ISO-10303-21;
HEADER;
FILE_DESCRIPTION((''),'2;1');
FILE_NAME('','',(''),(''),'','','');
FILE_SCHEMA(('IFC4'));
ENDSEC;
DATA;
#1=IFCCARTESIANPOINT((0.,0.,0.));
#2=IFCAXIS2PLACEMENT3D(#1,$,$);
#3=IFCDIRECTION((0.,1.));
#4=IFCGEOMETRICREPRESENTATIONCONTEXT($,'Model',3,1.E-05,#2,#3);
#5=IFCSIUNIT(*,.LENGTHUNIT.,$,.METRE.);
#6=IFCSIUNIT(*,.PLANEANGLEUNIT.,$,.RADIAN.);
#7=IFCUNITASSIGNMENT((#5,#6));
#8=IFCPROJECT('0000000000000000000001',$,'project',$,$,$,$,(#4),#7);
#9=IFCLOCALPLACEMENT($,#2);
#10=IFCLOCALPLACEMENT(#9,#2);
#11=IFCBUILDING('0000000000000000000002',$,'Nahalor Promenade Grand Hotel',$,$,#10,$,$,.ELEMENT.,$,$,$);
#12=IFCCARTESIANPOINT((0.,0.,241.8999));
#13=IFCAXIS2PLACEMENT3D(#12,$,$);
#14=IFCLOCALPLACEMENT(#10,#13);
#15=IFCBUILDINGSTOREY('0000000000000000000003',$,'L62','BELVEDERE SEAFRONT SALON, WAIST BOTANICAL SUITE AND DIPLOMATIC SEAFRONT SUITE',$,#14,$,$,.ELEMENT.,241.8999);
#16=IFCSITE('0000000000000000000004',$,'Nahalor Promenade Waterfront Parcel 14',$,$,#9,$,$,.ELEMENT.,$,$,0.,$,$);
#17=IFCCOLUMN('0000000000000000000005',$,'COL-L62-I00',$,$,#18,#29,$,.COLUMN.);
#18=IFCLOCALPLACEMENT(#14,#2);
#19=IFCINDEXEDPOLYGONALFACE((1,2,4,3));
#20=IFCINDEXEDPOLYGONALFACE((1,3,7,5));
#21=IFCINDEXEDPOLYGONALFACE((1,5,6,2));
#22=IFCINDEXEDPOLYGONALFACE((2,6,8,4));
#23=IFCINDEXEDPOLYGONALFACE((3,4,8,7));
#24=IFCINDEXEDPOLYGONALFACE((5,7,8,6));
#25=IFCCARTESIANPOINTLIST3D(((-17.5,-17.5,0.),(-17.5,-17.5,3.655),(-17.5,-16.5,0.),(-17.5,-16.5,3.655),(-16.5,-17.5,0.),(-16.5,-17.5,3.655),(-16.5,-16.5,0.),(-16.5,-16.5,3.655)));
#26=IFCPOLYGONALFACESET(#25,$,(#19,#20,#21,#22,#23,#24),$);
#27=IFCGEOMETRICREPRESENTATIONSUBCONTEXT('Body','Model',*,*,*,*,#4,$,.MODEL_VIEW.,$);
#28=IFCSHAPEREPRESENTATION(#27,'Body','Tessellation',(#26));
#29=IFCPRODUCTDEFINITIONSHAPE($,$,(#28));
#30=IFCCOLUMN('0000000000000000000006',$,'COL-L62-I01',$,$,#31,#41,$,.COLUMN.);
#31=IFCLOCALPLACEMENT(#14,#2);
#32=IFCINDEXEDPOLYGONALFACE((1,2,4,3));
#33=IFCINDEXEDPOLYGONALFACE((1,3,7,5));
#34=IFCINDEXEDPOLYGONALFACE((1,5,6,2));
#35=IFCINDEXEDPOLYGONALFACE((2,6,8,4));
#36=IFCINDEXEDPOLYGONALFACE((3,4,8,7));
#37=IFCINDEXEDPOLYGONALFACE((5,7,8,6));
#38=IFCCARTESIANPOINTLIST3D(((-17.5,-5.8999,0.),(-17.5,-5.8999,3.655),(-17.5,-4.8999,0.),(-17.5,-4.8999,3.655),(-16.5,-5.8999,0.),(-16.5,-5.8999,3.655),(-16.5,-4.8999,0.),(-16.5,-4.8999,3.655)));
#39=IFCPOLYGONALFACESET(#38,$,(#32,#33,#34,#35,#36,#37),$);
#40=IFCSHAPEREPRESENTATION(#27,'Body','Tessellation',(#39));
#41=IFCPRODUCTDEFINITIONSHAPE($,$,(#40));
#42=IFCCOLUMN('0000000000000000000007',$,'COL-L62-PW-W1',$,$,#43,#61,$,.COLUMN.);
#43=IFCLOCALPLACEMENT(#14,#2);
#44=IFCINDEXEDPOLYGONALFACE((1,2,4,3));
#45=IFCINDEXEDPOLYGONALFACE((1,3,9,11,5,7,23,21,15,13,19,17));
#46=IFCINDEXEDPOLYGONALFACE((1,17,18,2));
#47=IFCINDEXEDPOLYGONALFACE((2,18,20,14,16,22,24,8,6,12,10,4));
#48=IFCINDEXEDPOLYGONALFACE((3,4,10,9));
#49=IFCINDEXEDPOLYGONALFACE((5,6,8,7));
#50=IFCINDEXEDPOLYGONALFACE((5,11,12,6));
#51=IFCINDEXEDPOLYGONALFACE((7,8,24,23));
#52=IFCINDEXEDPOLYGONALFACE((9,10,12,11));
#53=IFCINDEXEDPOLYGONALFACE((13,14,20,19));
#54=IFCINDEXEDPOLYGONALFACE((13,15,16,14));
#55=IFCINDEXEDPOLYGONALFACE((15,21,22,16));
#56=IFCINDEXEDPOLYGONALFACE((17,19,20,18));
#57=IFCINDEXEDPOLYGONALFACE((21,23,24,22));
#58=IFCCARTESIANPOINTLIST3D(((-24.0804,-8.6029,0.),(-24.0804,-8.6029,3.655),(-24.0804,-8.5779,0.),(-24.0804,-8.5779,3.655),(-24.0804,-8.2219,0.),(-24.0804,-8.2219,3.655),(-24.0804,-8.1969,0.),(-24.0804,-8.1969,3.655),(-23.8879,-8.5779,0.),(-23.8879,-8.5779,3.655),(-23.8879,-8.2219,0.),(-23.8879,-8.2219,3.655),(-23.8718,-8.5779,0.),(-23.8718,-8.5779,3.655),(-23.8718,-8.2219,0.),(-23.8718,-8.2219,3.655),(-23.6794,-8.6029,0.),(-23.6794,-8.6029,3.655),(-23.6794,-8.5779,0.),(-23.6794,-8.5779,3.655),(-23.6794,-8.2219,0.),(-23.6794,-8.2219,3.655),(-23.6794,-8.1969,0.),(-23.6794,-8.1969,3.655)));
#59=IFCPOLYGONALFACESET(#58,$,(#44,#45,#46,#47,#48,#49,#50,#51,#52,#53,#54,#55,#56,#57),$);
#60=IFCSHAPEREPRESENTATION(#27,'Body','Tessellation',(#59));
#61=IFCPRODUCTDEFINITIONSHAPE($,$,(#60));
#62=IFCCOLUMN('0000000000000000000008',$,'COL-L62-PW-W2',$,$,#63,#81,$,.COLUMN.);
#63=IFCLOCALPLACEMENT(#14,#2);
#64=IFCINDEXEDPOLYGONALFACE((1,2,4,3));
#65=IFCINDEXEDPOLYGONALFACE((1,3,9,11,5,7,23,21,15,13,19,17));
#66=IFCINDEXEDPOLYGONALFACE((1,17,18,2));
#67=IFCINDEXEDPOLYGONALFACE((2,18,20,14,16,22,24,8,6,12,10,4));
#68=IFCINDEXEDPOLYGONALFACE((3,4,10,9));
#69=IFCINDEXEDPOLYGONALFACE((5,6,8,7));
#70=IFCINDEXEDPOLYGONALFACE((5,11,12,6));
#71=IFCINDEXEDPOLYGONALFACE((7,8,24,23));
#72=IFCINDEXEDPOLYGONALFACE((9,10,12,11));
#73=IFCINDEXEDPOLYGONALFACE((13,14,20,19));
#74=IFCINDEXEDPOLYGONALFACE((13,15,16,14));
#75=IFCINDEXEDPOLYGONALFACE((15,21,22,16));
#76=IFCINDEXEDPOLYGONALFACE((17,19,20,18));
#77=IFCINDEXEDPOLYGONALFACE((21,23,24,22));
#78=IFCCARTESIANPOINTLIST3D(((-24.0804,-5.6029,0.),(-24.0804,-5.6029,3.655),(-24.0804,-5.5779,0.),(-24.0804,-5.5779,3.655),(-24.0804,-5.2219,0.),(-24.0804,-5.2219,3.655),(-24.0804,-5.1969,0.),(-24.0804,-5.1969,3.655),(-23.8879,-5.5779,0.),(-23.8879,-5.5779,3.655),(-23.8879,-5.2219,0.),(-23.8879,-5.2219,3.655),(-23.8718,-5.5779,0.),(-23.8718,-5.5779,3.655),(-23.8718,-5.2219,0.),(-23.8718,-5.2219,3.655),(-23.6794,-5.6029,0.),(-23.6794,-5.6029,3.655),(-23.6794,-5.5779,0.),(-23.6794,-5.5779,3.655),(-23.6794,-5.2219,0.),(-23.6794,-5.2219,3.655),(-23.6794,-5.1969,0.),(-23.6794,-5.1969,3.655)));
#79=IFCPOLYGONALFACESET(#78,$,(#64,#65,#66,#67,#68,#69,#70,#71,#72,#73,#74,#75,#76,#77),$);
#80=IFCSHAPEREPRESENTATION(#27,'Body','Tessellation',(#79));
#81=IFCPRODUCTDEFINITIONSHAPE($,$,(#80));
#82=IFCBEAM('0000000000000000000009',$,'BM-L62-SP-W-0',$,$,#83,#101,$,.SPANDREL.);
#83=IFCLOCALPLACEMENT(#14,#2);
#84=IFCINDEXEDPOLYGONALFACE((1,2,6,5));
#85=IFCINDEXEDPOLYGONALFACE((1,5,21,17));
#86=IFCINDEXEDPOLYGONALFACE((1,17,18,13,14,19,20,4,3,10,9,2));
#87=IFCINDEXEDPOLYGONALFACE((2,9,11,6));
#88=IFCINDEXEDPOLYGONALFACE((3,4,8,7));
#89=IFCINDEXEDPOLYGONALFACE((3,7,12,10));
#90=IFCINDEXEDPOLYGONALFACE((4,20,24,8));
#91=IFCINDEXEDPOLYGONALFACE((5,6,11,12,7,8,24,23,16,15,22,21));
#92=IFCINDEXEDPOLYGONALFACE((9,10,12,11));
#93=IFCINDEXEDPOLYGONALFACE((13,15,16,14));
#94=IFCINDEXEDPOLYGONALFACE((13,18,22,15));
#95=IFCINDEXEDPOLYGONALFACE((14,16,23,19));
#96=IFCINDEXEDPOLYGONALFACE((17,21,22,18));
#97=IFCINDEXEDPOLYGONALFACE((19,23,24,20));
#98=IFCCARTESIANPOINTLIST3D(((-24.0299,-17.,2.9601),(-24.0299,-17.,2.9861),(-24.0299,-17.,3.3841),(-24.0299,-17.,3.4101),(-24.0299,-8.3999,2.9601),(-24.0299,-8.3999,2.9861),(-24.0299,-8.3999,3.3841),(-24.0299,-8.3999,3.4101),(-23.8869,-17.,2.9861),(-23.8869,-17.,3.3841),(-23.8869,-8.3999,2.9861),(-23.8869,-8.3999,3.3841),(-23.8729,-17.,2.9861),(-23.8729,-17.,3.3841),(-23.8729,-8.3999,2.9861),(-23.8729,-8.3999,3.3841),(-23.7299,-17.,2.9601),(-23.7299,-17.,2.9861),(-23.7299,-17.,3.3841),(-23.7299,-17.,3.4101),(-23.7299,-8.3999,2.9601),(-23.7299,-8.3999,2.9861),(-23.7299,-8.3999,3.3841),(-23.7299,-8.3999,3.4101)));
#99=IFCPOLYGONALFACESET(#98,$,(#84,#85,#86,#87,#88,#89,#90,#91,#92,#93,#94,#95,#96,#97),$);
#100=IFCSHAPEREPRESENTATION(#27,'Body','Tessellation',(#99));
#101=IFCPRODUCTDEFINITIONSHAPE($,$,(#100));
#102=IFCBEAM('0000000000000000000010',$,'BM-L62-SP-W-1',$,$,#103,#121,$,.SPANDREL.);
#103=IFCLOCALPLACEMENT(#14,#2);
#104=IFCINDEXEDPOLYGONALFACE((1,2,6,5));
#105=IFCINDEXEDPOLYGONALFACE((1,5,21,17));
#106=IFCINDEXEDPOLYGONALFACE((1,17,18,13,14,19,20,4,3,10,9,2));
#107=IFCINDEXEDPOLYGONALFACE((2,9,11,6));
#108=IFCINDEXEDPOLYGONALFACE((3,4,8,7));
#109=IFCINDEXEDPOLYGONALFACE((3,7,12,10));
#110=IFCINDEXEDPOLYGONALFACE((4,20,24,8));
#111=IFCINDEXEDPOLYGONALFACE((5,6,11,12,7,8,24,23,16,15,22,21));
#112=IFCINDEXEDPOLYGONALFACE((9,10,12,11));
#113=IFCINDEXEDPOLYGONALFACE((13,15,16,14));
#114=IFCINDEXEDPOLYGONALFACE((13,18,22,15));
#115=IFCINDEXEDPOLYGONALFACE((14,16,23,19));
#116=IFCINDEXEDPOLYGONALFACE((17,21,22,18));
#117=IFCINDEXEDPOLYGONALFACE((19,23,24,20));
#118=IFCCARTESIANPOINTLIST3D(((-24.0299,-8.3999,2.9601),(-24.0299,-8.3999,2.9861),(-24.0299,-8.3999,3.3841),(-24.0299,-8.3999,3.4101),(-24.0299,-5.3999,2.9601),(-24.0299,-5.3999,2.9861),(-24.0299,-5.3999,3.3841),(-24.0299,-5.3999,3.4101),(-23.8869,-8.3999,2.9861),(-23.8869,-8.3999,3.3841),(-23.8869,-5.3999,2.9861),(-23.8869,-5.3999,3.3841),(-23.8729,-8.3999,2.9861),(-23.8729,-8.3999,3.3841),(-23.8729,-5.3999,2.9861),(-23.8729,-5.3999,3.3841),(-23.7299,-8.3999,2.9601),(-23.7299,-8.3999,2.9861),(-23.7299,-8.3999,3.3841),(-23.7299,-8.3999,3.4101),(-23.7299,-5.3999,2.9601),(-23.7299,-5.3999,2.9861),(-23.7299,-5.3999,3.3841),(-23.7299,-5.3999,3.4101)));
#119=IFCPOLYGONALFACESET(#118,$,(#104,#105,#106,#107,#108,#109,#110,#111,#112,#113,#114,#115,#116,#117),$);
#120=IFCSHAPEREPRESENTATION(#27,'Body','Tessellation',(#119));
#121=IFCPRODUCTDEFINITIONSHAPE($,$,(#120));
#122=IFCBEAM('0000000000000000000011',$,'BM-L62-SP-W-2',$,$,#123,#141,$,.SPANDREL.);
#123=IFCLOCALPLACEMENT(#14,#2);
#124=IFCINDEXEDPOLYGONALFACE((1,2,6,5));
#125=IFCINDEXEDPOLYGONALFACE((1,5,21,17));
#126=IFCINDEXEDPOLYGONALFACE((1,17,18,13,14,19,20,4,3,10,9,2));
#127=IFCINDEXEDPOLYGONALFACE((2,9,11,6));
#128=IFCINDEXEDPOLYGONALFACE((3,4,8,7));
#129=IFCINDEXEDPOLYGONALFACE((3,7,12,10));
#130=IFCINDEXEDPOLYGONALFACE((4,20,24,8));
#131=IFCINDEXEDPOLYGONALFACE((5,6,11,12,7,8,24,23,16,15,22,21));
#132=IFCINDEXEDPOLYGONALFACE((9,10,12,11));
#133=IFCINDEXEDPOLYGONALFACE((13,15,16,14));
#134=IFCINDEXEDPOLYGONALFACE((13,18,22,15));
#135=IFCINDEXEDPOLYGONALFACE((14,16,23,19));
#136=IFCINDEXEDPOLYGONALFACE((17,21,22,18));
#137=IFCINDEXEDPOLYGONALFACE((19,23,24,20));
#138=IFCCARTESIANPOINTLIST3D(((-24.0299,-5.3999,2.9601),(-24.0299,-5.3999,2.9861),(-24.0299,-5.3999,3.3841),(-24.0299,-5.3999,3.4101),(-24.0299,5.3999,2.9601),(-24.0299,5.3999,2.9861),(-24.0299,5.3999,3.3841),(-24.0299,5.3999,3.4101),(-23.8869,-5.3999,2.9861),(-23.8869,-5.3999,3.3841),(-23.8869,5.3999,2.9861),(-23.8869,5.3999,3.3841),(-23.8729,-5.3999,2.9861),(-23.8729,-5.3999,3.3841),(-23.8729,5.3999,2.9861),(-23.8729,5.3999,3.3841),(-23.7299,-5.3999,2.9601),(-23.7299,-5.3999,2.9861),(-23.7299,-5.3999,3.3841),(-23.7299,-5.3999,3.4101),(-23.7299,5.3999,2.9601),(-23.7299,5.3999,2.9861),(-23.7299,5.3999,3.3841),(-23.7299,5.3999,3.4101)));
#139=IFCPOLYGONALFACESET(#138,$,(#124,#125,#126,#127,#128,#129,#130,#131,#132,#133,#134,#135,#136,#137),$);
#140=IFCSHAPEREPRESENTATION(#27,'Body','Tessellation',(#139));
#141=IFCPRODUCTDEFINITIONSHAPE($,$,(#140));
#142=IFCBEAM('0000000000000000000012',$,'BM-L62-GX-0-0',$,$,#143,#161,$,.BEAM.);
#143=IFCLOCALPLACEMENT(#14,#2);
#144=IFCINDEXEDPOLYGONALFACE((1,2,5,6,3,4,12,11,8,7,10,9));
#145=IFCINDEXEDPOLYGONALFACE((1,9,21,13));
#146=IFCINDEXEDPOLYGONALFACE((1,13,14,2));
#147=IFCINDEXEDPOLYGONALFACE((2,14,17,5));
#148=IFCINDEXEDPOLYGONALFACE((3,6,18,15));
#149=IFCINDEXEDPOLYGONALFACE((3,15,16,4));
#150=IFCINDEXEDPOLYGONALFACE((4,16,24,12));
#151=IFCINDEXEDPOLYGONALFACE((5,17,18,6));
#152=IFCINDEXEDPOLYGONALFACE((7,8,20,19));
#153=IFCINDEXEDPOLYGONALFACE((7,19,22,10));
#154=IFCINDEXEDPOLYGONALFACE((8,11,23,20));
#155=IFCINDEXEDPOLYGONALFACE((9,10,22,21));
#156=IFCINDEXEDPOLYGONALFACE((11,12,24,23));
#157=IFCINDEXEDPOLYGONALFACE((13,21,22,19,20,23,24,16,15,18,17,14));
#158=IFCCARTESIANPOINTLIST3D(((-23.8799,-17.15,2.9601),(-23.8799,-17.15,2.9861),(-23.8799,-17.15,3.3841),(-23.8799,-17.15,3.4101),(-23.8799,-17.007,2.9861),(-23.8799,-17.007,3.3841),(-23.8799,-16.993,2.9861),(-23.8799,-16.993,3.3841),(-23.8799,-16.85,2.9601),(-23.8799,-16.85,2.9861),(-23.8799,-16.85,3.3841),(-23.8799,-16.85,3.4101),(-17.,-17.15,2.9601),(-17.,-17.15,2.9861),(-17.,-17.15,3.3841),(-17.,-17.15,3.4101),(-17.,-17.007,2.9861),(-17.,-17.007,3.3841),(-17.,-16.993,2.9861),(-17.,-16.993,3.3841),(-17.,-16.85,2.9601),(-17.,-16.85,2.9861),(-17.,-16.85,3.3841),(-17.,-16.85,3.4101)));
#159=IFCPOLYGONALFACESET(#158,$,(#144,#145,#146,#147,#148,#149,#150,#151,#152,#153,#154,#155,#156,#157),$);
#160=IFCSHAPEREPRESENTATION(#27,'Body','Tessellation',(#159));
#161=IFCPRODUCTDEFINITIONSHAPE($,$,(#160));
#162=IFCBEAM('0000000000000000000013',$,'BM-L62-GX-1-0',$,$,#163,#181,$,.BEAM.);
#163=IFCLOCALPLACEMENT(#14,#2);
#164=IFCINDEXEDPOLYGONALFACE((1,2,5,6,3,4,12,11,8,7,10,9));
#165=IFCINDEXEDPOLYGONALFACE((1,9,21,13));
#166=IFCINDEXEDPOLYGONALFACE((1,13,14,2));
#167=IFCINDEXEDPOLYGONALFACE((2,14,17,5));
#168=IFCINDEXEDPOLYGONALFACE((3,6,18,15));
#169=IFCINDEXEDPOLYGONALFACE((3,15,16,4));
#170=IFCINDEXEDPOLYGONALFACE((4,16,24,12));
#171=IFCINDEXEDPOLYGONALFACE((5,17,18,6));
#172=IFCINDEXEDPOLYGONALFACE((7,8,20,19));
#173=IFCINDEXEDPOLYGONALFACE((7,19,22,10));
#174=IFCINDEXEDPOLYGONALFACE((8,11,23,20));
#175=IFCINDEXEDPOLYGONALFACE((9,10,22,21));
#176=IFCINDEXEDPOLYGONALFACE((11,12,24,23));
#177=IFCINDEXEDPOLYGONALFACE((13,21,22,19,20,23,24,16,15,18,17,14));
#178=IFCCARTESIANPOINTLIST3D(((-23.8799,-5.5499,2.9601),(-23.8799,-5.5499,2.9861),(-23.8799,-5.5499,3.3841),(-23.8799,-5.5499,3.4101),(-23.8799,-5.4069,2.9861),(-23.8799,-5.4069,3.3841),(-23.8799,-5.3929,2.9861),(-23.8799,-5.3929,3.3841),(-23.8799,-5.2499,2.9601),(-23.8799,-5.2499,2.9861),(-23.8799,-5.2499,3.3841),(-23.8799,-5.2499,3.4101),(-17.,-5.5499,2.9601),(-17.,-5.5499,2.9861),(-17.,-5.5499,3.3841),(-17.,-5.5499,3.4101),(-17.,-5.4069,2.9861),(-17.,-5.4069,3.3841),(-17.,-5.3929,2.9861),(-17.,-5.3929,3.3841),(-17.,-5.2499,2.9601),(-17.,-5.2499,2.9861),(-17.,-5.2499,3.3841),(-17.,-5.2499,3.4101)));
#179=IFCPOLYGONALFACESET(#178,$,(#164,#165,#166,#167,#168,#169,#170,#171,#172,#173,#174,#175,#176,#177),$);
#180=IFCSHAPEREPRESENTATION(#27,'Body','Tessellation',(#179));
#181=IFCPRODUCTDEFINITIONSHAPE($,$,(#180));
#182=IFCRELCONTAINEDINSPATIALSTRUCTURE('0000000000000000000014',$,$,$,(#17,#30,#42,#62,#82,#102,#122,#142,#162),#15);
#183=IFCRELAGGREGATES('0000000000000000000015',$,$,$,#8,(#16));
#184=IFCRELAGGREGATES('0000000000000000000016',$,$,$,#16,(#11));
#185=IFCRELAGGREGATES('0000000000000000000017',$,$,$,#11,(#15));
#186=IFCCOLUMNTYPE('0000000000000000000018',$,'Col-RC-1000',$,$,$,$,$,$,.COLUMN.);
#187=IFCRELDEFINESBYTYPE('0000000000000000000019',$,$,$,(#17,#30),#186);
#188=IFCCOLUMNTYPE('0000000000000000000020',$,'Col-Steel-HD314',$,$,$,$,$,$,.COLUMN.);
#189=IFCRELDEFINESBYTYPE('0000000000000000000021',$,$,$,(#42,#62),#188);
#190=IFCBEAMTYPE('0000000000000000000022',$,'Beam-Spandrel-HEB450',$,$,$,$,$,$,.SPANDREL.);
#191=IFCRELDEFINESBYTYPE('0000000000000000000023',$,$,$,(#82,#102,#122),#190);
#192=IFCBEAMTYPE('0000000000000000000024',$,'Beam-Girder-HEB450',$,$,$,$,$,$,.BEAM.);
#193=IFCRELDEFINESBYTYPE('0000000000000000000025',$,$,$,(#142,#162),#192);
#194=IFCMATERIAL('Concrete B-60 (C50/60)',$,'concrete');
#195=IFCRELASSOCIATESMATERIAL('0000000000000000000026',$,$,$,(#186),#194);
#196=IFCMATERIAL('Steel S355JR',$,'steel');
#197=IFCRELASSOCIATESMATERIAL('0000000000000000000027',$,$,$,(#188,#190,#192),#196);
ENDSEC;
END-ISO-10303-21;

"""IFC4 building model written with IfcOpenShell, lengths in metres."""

from ifc_helpers import new_model, si_unit, direction, frame, origin, origin_2d, place, context, subcontext, project, spatial, rectangle, i_section, extrude, source, transform, mapped, material, material_profile, profile_set, type_object, element, save


model = new_model("IFC4")

# Units and contexts
model_context = context("Model", 3, precision=1e-05, world=origin(), true_north=direction((0.0, 1.0)))
body_context = subcontext(model_context, "Body", "Model", "MODEL_VIEW")
ifc_project = project(units=[si_unit("LENGTHUNIT", "METRE"), si_unit("PLANEANGLEUNIT", "RADIAN")], contexts=[model_context])

# Site, building, storey
site_placement = place(None, origin())
site = spatial("IfcSite", under=ifc_project, at=site_placement, Name="Nahalor Promenade Waterfront Parcel 14", CompositionType="ELEMENT", RefElevation=0.0)
building_placement = place(site_placement, origin())
building = spatial("IfcBuilding", under=site, at=building_placement, Name="Nahalor Promenade Grand Hotel", CompositionType="ELEMENT")
storey_placement = place(building_placement, frame((0.0, 0.0, 241.8999)))
storey = spatial("IfcBuildingStorey", under=building, at=storey_placement, Name="L62", Description="BELVEDERE SEAFRONT SALON, WAIST BOTANICAL SUITE AND DIPLOMATIC SEAFRONT SUITE", CompositionType="ELEMENT", Elevation=241.8999)

# Columns
ifc_material_1 = material(Name="Concrete B-60 (C50/60)", Category="concrete")
ifc_material_profile_1 = material_profile(ifc_material_1, rectangle(XDim=1.0, YDim=1.0, at=origin_2d()), Name="RC 1000x1000")
ifc_profile_set_1 = profile_set([ifc_material_profile_1], Name="Concrete B-60 (C50/60)")
column_type_1 = type_object("IfcColumnType", Name="Col-RC-1000", PredefinedType="COLUMN", material=ifc_profile_set_1)
shared_shape_1 = source(origin(), body_context, "Body", "SweptSolid", [
    extrude(rectangle(XDim=1.0, YDim=1.0, at=origin_2d()), origin(), (0.0, 0.0, 1.0), 3.655),
])
for number, where, z_axis, x_axis, name in (
    (1, (-17.0, -17.0, 0.0), (0.0, 0.0, 1.0), (1.0, 0.0, 0.0), "COL-L62-I00"),
    (2, (-17.0, -5.3999, 0.0), (0.0, 0.0, 1.0), (1.0, 0.0, 0.0), "COL-L62-I01"),
):
    element("IfcColumn", number, at=place(storey_placement, frame(where, z_axis=z_axis, x_axis=x_axis)), inside=storey, type_object=column_type_1, Name=name, PredefinedType="COLUMN", context=body_context, shape_type="MappedRepresentation", body=[
        mapped(shared_shape_1, transform((0.0, 0.0, 0.0), scale=1.0)),
    ])
ifc_material_2 = material(Name="Steel S355JR", Category="steel")
ifc_material_profile_2 = material_profile(ifc_material_2, i_section(OverallWidth=0.401, OverallDepth=0.406, WebThickness=0.0161, FlangeThickness=0.025, at=origin_2d()), Name="HD 400x314")
ifc_profile_set_2 = profile_set([ifc_material_profile_2], Name="Steel S355JR")
column_type_2 = type_object("IfcColumnType", Name="Col-Steel-HD314", PredefinedType="COLUMN", material=ifc_profile_set_2)
shared_shape_2 = source(origin(), body_context, "Body", "SweptSolid", [
    extrude(i_section(OverallWidth=0.401, OverallDepth=0.406, WebThickness=0.0161, FlangeThickness=0.025, at=origin_2d()), origin(), (0.0, 0.0, 1.0), 3.655),
])
for number, where, z_axis, x_axis, name in (
    (3, (-23.8799, -8.3999, 0.0), (0.0, 0.0, 1.0), (1.0, 0.0, 0.0), "COL-L62-PW-W1"),
    (4, (-23.8799, -5.3999, 0.0), (0.0, 0.0, 1.0), (1.0, 0.0, 0.0), "COL-L62-PW-W2"),
):
    element("IfcColumn", number, at=place(storey_placement, frame(where, z_axis=z_axis, x_axis=x_axis)), inside=storey, type_object=column_type_2, Name=name, PredefinedType="COLUMN", context=body_context, shape_type="MappedRepresentation", body=[
        mapped(shared_shape_2, transform((0.0, 0.0, 0.0), scale=1.0)),
    ])

# Beams
ifc_material_profile_3 = material_profile(ifc_material_2, i_section(OverallWidth=0.3, OverallDepth=0.45, WebThickness=0.014, FlangeThickness=0.026, at=origin_2d()), Name="HEB 450")
ifc_profile_set_3 = profile_set([ifc_material_profile_3], Name="Steel S355JR")
beam_type_1 = type_object("IfcBeamType", Name="Beam-Spandrel-HEB450", PredefinedType="SPANDREL", material=ifc_profile_set_3)
shared_shape_3 = source(origin(), body_context, "Body", "SweptSolid", [
    extrude(i_section(OverallWidth=0.3, OverallDepth=0.45, WebThickness=0.014, FlangeThickness=0.026, at=origin_2d()), origin(), (0.0, 0.0, 1.0), 8.6001),
])
beam_1_placement = place(storey_placement, frame((-23.8799, -17.0, 3.1851), z_axis=(0.0, 1.0, 0.0), x_axis=(-1.0, 0.0, 0.0)))
element("IfcBeam", 5, at=beam_1_placement, inside=storey, type_object=beam_type_1, Name="BM-L62-SP-W-0", PredefinedType="SPANDREL", context=body_context, shape_type="MappedRepresentation", body=[
    mapped(shared_shape_3, transform((0.0, 0.0, 0.0), scale=1.0)),
])
shared_shape_4 = source(origin(), body_context, "Body", "SweptSolid", [
    extrude(i_section(OverallWidth=0.3, OverallDepth=0.45, WebThickness=0.014, FlangeThickness=0.026, at=origin_2d()), origin(), (0.0, 0.0, 1.0), 3.0),
])
beam_2_placement = place(storey_placement, frame((-23.8799, -8.3999, 3.1851), z_axis=(0.0, 1.0, 0.0), x_axis=(-1.0, 0.0, 0.0)))
element("IfcBeam", 6, at=beam_2_placement, inside=storey, type_object=beam_type_1, Name="BM-L62-SP-W-1", PredefinedType="SPANDREL", context=body_context, shape_type="MappedRepresentation", body=[
    mapped(shared_shape_4, transform((0.0, 0.0, 0.0), scale=1.0)),
])
shared_shape_5 = source(origin(), body_context, "Body", "SweptSolid", [
    extrude(i_section(OverallWidth=0.3, OverallDepth=0.45, WebThickness=0.014, FlangeThickness=0.026, at=origin_2d()), origin(), (0.0, 0.0, 1.0), 10.7998),
])
beam_3_placement = place(storey_placement, frame((-23.8799, -5.3999, 3.1851), z_axis=(0.0, 1.0, 0.0), x_axis=(-1.0, 0.0, 0.0)))
element("IfcBeam", 7, at=beam_3_placement, inside=storey, type_object=beam_type_1, Name="BM-L62-SP-W-2", PredefinedType="SPANDREL", context=body_context, shape_type="MappedRepresentation", body=[
    mapped(shared_shape_5, transform((0.0, 0.0, 0.0), scale=1.0)),
])
ifc_material_profile_4 = material_profile(ifc_material_2, i_section(OverallWidth=0.3, OverallDepth=0.45, WebThickness=0.014, FlangeThickness=0.026, at=origin_2d()), Name="HEB 450")
ifc_profile_set_4 = profile_set([ifc_material_profile_4], Name="Steel S355JR")
beam_type_2 = type_object("IfcBeamType", Name="Beam-Girder-HEB450", PredefinedType="BEAM", material=ifc_profile_set_4)
shared_shape_6 = source(origin(), body_context, "Body", "SweptSolid", [
    extrude(i_section(OverallWidth=0.3, OverallDepth=0.45, WebThickness=0.014, FlangeThickness=0.026, at=origin_2d()), origin(), (0.0, 0.0, 1.0), 6.8799),
])
for number, where, z_axis, x_axis, name in (
    (8, (-23.8799, -17.0, 3.1851), (1.0, 0.0, 0.0), (0.0, 1.0, 0.0), "BM-L62-GX-0-0"),
    (9, (-23.8799, -5.3999, 3.1851), (1.0, 0.0, 0.0), (0.0, 1.0, 0.0), "BM-L62-GX-1-0"),
):
    element("IfcBeam", number, at=place(storey_placement, frame(where, z_axis=z_axis, x_axis=x_axis)), inside=storey, type_object=beam_type_2, Name=name, PredefinedType="BEAM", context=body_context, shape_type="MappedRepresentation", body=[
        mapped(shared_shape_6, transform((0.0, 0.0, 0.0), scale=1.0)),
    ])

save(model, "model.ifc")
